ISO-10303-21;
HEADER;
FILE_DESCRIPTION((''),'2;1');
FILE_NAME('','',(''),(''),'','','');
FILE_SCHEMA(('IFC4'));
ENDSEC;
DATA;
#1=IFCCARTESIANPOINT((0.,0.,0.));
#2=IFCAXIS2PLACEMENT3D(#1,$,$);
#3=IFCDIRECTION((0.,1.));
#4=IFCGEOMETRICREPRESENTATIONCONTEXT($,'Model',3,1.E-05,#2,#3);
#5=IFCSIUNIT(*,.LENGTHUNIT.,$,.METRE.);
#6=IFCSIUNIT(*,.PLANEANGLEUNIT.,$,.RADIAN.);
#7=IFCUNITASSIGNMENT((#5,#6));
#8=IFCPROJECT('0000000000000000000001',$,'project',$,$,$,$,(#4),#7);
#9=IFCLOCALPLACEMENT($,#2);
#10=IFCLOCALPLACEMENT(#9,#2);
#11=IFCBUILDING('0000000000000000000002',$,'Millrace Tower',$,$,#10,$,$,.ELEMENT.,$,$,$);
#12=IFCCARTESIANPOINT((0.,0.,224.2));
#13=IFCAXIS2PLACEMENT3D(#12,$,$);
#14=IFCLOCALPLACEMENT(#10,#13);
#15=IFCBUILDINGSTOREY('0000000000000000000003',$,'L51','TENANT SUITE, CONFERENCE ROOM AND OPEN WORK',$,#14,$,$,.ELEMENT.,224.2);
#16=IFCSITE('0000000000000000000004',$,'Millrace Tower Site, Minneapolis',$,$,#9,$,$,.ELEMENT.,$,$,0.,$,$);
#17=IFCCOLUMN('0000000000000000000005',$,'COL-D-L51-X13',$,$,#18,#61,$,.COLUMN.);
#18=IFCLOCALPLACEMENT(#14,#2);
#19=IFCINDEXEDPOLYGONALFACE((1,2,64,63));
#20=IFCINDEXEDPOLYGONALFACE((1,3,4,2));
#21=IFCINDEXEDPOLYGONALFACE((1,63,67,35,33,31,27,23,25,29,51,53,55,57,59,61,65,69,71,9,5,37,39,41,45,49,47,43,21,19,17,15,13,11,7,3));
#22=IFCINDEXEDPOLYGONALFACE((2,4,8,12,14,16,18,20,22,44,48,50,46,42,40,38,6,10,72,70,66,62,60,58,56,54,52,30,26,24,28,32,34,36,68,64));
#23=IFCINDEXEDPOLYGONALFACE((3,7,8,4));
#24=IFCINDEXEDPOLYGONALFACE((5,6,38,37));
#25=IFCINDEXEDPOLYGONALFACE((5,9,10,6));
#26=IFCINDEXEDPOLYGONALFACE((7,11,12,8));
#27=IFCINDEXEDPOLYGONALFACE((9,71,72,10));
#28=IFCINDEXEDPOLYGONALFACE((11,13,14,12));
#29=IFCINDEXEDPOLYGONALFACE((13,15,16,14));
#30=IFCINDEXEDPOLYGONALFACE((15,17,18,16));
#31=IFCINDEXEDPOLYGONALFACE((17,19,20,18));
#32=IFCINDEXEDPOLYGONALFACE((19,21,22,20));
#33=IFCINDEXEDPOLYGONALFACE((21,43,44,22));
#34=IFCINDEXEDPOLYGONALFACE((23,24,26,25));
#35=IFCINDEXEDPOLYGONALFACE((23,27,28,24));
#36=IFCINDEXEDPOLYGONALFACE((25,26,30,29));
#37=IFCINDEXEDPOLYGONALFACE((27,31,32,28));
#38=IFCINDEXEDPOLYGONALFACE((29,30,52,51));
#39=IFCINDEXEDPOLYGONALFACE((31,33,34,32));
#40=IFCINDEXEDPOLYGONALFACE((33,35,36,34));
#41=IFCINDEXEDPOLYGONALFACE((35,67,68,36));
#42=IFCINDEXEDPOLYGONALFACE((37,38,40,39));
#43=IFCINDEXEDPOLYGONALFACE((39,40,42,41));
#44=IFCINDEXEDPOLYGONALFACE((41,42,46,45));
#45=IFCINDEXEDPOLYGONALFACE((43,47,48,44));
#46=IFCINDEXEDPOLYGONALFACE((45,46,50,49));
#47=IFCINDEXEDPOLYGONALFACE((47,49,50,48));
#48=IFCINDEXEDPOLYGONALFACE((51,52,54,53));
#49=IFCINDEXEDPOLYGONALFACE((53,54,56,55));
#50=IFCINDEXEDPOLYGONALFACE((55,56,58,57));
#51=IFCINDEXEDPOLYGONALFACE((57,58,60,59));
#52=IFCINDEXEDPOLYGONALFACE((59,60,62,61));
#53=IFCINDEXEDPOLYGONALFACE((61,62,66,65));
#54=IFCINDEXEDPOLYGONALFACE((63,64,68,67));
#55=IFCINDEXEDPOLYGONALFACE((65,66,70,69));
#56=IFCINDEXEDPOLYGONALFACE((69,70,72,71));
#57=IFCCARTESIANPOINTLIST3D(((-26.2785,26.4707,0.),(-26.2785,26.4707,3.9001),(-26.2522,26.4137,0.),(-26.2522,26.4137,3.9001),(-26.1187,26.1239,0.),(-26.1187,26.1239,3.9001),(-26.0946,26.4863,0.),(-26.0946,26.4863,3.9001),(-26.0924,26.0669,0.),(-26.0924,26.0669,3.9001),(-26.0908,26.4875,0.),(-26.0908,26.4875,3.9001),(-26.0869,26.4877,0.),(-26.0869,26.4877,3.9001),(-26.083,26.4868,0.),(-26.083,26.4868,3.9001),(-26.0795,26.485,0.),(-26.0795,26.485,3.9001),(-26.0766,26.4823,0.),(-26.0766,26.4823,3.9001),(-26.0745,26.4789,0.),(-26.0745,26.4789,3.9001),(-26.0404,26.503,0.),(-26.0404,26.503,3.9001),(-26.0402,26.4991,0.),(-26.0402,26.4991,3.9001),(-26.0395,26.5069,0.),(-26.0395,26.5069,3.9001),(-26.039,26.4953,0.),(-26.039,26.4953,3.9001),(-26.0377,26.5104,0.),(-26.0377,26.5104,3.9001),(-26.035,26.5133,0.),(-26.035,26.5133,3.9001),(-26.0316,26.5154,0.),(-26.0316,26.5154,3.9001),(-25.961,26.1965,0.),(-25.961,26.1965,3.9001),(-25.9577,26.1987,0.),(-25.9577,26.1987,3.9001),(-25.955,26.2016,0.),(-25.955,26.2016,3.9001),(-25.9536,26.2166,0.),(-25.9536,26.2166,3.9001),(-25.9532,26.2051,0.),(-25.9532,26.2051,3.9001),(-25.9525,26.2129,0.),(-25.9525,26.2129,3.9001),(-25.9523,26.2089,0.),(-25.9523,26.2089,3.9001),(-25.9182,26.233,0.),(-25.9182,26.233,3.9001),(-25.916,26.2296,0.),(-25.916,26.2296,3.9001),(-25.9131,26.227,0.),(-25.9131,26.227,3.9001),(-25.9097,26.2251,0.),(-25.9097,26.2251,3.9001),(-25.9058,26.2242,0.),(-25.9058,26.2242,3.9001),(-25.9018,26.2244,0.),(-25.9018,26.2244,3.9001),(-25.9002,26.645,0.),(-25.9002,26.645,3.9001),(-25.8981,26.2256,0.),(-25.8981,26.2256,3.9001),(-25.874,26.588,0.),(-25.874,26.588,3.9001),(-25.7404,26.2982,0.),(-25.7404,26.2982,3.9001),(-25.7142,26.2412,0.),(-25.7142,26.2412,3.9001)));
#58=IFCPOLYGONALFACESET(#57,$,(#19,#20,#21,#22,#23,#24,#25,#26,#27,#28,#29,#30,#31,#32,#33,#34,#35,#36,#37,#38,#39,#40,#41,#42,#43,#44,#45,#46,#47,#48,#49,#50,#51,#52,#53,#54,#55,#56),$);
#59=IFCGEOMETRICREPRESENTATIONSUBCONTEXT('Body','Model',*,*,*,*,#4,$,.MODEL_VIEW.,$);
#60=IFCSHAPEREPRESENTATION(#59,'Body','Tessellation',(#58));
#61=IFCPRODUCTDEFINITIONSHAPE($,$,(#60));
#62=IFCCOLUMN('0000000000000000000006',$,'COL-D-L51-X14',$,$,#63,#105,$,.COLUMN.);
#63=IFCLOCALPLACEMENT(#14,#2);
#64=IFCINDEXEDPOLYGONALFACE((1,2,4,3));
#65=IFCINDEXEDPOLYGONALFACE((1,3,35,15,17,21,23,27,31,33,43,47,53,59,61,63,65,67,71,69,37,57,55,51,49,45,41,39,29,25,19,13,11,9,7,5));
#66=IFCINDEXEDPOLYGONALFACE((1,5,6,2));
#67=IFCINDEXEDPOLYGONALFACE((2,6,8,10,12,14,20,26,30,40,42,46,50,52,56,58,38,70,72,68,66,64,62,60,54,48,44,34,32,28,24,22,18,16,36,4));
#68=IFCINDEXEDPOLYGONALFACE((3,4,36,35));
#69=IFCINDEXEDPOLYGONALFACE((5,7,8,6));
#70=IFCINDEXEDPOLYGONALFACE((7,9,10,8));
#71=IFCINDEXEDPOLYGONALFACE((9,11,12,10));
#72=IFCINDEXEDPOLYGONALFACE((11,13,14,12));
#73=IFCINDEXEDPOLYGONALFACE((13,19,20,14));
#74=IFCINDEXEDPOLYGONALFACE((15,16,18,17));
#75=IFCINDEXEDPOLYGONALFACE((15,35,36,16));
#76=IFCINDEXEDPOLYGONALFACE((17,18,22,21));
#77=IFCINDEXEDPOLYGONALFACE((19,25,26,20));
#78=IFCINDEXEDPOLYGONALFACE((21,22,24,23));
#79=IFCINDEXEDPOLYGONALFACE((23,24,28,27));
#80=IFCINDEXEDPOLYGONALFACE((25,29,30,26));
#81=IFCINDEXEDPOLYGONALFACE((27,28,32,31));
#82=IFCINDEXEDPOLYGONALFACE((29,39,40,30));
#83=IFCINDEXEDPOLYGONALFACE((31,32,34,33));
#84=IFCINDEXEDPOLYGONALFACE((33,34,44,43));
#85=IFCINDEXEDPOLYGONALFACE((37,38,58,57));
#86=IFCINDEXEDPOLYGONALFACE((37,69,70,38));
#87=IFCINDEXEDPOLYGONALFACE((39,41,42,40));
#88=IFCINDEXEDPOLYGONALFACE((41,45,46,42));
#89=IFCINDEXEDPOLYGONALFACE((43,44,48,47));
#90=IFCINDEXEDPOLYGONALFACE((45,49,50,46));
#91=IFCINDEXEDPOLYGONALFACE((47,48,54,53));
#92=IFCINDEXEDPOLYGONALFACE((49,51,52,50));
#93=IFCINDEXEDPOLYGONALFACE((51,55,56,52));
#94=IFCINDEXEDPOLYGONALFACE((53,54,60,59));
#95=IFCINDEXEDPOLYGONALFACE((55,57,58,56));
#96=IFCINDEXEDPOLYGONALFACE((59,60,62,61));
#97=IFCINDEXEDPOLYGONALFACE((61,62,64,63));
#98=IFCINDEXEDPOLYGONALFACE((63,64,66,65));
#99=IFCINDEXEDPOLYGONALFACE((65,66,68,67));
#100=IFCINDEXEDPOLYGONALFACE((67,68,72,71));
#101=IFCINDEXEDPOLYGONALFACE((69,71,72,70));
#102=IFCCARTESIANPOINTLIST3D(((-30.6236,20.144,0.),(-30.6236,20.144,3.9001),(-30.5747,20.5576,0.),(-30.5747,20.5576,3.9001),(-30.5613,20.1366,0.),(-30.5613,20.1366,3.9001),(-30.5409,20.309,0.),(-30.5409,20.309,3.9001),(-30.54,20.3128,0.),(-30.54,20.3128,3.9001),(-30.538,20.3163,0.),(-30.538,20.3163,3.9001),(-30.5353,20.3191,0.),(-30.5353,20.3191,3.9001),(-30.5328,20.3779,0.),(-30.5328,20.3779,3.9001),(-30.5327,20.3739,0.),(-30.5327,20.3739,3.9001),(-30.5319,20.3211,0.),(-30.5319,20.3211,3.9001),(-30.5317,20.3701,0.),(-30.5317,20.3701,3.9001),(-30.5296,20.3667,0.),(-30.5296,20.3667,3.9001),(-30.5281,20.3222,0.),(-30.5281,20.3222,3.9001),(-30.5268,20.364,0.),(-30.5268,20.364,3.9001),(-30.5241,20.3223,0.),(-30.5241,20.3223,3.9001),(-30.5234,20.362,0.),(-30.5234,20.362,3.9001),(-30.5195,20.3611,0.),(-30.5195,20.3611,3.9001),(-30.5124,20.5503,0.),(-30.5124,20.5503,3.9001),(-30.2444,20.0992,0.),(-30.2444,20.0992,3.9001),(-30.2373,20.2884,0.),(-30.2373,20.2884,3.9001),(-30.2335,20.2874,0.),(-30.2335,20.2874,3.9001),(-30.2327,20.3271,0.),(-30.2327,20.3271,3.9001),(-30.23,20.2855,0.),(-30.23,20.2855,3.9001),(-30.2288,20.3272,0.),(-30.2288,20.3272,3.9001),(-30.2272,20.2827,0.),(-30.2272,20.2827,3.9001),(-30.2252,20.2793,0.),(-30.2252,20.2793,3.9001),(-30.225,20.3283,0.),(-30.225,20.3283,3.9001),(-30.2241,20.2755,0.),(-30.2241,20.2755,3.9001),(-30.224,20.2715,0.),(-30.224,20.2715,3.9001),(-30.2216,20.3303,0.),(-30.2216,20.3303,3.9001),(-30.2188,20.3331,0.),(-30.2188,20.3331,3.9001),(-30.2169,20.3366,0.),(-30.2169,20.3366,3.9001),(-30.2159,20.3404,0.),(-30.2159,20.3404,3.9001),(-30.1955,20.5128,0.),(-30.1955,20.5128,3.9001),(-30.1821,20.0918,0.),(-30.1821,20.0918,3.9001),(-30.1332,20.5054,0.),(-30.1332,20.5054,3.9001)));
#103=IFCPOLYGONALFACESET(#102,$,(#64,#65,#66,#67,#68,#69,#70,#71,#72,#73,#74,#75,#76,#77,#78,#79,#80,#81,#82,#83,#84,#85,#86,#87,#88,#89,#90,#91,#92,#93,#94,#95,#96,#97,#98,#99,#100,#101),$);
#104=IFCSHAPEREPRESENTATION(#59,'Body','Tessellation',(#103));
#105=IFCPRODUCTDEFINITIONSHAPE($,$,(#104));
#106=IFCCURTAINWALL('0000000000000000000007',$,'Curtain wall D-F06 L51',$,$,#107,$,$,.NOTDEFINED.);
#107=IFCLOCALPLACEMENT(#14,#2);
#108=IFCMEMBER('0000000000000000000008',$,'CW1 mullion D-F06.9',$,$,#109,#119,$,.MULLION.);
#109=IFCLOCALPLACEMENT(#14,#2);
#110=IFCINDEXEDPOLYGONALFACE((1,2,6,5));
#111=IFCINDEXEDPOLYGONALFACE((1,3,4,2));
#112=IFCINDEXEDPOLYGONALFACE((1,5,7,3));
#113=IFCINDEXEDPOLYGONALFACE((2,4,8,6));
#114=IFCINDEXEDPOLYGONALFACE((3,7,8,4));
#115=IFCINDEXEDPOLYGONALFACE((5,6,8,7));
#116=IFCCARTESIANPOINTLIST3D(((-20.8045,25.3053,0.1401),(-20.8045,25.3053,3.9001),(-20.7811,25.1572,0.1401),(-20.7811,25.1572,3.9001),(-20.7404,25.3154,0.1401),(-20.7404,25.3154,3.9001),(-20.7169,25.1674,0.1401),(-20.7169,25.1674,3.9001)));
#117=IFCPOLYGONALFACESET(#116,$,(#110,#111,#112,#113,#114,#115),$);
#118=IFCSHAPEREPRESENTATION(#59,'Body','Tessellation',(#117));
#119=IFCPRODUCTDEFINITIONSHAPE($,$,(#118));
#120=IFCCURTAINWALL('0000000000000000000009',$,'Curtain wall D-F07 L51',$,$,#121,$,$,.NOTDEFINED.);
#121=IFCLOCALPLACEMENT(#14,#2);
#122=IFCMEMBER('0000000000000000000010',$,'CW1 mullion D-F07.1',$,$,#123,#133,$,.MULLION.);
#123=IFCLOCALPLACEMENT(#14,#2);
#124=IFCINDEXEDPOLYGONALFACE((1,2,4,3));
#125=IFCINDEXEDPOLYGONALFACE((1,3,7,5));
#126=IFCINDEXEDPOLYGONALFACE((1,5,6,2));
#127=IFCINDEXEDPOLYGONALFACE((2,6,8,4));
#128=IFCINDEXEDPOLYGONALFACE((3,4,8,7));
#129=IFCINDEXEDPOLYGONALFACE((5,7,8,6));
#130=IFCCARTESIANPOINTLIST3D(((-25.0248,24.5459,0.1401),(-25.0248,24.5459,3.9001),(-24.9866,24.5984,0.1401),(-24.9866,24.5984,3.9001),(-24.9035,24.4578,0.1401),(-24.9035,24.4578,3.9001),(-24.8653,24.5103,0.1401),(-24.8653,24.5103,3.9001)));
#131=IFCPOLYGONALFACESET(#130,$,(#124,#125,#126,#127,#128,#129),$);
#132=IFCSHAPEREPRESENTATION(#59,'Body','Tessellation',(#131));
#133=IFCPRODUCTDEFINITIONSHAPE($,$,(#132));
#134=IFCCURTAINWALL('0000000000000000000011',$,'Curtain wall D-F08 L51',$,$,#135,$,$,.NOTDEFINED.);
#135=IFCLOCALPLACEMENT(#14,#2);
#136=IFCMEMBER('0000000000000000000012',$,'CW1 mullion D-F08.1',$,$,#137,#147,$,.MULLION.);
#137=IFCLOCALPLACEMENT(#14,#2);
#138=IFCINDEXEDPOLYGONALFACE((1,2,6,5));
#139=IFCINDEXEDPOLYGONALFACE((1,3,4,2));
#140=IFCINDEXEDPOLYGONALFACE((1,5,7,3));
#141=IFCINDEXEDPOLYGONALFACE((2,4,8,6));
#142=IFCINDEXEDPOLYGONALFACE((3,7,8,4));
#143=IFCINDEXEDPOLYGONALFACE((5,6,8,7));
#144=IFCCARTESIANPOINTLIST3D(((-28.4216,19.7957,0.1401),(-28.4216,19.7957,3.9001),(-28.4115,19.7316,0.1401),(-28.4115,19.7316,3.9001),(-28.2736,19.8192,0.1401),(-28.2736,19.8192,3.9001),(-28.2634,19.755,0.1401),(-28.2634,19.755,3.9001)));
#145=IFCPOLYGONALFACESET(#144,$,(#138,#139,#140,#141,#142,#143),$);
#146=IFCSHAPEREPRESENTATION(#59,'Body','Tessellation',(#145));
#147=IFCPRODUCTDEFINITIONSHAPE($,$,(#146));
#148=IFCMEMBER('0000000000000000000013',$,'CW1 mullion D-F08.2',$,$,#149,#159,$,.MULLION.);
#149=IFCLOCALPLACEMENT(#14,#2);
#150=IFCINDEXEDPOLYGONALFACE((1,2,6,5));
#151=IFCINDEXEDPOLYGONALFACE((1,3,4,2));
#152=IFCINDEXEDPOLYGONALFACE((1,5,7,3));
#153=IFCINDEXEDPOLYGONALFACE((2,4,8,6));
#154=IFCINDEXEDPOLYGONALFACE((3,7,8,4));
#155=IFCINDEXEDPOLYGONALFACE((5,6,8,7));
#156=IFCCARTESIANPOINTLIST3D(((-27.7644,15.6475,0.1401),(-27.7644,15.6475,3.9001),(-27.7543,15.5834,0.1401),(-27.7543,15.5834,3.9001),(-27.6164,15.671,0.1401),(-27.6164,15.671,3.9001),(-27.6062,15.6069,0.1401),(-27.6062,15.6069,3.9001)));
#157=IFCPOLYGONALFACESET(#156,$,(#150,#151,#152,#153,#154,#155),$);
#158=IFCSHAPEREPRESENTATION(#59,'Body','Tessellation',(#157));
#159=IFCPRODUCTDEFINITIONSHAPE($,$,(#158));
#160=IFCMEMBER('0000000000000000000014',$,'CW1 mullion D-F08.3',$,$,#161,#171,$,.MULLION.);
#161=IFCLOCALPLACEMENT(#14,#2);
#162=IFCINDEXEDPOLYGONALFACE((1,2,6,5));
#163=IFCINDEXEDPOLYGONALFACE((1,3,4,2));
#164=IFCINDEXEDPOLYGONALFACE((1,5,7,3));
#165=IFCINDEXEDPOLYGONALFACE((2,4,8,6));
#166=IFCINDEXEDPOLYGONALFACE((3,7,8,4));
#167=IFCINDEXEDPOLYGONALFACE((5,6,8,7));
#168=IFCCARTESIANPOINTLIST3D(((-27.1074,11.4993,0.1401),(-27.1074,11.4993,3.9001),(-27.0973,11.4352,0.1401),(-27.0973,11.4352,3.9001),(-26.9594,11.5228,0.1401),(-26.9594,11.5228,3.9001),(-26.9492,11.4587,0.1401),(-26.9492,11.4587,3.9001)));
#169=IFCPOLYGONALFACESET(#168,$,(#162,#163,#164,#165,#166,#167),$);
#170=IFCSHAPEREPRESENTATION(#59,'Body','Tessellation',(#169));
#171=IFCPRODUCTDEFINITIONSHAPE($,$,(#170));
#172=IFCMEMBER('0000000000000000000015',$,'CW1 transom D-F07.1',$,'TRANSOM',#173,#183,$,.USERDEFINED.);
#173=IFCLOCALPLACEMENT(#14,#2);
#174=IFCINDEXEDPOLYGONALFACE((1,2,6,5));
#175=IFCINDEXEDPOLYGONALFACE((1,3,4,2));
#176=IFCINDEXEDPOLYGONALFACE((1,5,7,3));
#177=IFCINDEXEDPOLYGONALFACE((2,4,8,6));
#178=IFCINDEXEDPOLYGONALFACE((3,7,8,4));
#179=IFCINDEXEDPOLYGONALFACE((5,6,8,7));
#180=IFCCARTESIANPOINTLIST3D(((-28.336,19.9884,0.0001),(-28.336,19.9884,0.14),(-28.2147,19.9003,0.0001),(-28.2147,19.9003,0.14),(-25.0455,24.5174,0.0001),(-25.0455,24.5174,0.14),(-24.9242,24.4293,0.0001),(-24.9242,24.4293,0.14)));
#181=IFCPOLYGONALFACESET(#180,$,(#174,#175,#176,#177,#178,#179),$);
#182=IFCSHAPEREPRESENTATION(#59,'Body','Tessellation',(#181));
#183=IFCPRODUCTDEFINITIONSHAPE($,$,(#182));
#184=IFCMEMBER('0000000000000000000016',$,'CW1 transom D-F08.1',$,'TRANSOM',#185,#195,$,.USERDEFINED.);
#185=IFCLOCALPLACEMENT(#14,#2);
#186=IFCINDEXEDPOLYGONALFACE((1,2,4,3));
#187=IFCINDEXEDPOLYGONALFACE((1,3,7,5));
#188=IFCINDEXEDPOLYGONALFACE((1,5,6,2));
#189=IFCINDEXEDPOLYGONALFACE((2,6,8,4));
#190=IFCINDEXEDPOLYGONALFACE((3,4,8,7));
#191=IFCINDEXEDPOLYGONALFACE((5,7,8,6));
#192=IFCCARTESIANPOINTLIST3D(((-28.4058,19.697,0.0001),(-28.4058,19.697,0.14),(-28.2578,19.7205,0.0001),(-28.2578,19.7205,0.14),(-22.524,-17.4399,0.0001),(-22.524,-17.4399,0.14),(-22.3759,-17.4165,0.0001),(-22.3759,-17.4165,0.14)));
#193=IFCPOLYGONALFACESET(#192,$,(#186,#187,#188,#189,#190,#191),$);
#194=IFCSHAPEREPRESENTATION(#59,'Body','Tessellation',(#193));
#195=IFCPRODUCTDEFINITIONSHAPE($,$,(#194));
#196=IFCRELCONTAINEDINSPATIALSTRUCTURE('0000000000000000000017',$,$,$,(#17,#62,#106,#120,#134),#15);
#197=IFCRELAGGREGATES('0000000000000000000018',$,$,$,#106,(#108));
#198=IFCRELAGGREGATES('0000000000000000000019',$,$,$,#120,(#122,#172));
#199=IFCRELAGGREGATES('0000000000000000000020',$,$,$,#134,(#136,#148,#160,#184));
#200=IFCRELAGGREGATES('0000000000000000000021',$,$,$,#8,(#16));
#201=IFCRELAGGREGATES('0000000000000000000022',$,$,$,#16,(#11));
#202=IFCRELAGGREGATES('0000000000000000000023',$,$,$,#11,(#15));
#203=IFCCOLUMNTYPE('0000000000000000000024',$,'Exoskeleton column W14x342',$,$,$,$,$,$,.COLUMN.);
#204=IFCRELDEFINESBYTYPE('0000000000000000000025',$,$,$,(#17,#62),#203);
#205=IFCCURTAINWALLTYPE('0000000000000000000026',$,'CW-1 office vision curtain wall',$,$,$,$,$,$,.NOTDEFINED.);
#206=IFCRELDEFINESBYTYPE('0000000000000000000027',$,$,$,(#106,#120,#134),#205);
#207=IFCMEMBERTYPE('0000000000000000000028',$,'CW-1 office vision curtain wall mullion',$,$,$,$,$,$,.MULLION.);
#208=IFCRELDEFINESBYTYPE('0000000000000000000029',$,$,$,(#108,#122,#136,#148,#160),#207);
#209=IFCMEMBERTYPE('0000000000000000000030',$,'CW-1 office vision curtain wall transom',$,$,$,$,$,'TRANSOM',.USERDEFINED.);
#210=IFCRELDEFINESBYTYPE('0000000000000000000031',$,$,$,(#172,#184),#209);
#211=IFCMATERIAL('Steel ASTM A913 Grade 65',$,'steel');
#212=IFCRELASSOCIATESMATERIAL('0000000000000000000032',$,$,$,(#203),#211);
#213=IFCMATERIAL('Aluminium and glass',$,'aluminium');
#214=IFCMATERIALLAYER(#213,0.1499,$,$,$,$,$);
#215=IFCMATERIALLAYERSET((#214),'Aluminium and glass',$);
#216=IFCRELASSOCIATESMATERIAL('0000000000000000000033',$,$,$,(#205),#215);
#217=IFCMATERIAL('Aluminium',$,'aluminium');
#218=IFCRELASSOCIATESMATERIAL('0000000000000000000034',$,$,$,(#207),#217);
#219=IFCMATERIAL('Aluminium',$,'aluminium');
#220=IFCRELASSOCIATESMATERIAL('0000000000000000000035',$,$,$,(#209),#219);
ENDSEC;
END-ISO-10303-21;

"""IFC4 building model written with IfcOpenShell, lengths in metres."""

from ifc_helpers import new_model, si_unit, direction, frame, origin, origin_2d, place, context, subcontext, project, spatial, rectangle, i_section, extrude, material, layer, layer_set, material_profile, profile_set, type_object, element, aggregate, save


model = new_model("IFC4")

# Units and contexts
model_context = context("Model", 3, precision=1e-05, world=origin(), true_north=direction((0.0, 1.0)))
body_context = subcontext(model_context, "Body", "Model", "MODEL_VIEW")
ifc_project = project(units=[si_unit("LENGTHUNIT", "METRE"), si_unit("PLANEANGLEUNIT", "RADIAN")], contexts=[model_context])

# Site, building, storey
site_placement = place(None, origin())
site = spatial("IfcSite", under=ifc_project, at=site_placement, Name="Millrace Tower Site, Minneapolis", CompositionType="ELEMENT", RefElevation=0.0)
building_placement = place(site_placement, origin())
building = spatial("IfcBuilding", under=site, at=building_placement, Name="Millrace Tower", CompositionType="ELEMENT")
storey_placement = place(building_placement, frame((0.0, 0.0, 224.2)))
storey = spatial("IfcBuildingStorey", under=building, at=storey_placement, Name="L51", Description="TENANT SUITE, CONFERENCE ROOM AND OPEN WORK", CompositionType="ELEMENT", Elevation=224.2)

# Columns
ifc_material_1 = material(Name="Steel ASTM A913 Grade 65", Category="steel")
ifc_material_profile_1 = material_profile(ifc_material_1, i_section(OverallWidth=0.4165, OverallDepth=0.4446, WebThickness=0.0391, FlangeThickness=0.0627, FilletRadius=0.0151, at=origin_2d()))
ifc_profile_set_1 = profile_set([ifc_material_profile_1], Name="Steel ASTM A913 Grade 65")
column_type = type_object("IfcColumnType", Name="Exoskeleton column W14x342", PredefinedType="COLUMN", material=ifc_profile_set_1)
for number, where, z_axis, x_axis, name in (
    (1, (-25.9963, 26.356, 0.0), (0.0, 0.0, 1.0), (-0.908192, -0.418553, 0.0), "COL-D-L51-X13"),
    (2, (-30.3784, 20.3247, 0.0), (0.0, 0.0, 1.0), (-0.117421, -0.993082, 0.0), "COL-D-L51-X14"),
):
    element("IfcColumn", number, at=place(storey_placement, frame(where, z_axis=z_axis, x_axis=x_axis)), inside=storey, type_object=column_type, Name=name, PredefinedType="COLUMN", context=body_context, shape_type="SweptSolid", body=[
        extrude(i_section(OverallWidth=0.4165, OverallDepth=0.4446, WebThickness=0.0391, FlangeThickness=0.0627, FilletRadius=0.0151, at=origin_2d()), origin(), (0.0, 0.0, 1.0), 3.9001),
    ])

# Curtain walls, members
ifc_material_2 = material(Name="Aluminium and glass", Category="aluminium")
ifc_layer_1 = layer(ifc_material_2, 0.1499)
ifc_layer_set_1 = layer_set([ifc_layer_1], Name="Aluminium and glass")
curtain_wall_type = type_object("IfcCurtainWallType", Name="CW-1 office vision curtain wall", PredefinedType="NOTDEFINED", material=ifc_layer_set_1)
placement = place(storey_placement, origin())
curtain_wall_1 = element("IfcCurtainWall", 3, at=placement, inside=storey, type_object=curtain_wall_type, Name="Curtain wall D-F06 L51", PredefinedType="NOTDEFINED")
ifc_material_3 = material(Name="Aluminium", Category="aluminium")
ifc_material_profile_2 = material_profile(ifc_material_3, rectangle(XDim=0.0649, YDim=0.1499, at=origin_2d()))
ifc_profile_set_2 = profile_set([ifc_material_profile_2], Name="Aluminium")
member_type_1 = type_object("IfcMemberType", Name="CW-1 office vision curtain wall mullion", PredefinedType="MULLION", material=ifc_profile_set_2)
member_1_placement = place(storey_placement, frame((-20.7607, 25.2363, 0.1401), z_axis=(0.0, 0.0, 1.0), x_axis=(-0.987688, -0.156434, 0.0)))
member_1 = element("IfcMember", 4, at=member_1_placement, type_object=member_type_1, Name="CW1 mullion D-F06.9", PredefinedType="MULLION", context=body_context, shape_type="SweptSolid", body=[
    extrude(rectangle(XDim=0.0649, YDim=0.1499, at=origin_2d()), origin(), (0.0, 0.0, 1.0), 3.76),
])
aggregate(curtain_wall_1, [member_1])
curtain_wall_2 = element("IfcCurtainWall", 5, at=placement, inside=storey, type_object=curtain_wall_type, Name="Curtain wall D-F07 L51", PredefinedType="NOTDEFINED")
member_2_placement = place(storey_placement, frame((-24.9451, 24.5281, 0.1401), z_axis=(0.0, 0.0, 1.0), x_axis=(-0.587785, -0.809017, 0.0)))
member_2 = element("IfcMember", 6, at=member_2_placement, type_object=member_type_1, Name="CW1 mullion D-F07.1", PredefinedType="MULLION", context=body_context, shape_type="SweptSolid", body=[
    extrude(rectangle(XDim=0.0649, YDim=0.1499, at=origin_2d()), origin(), (0.0, 0.0, 1.0), 3.76),
])

# Curtain wall, members
curtain_wall_3 = element("IfcCurtainWall", 7, at=placement, inside=storey, type_object=curtain_wall_type, Name="Curtain wall D-F08 L51", PredefinedType="NOTDEFINED")
member_3_placement = place(storey_placement, frame((-28.3425, 19.7754, 0.1401), z_axis=(0.0, 0.0, 1.0), x_axis=(0.156434, -0.987688, 0.0)))
member_3 = element("IfcMember", 8, at=member_3_placement, type_object=member_type_1, Name="CW1 mullion D-F08.1", PredefinedType="MULLION", context=body_context, shape_type="SweptSolid", body=[
    extrude(rectangle(XDim=0.0649, YDim=0.1499, at=origin_2d()), origin(), (0.0, 0.0, 1.0), 3.76),
])
member_4_placement = place(storey_placement, frame((-27.6853, 15.6272, 0.1401), z_axis=(0.0, 0.0, 1.0), x_axis=(0.156434, -0.987688, 0.0)))
member_4 = element("IfcMember", 9, at=member_4_placement, type_object=member_type_1, Name="CW1 mullion D-F08.2", PredefinedType="MULLION", context=body_context, shape_type="SweptSolid", body=[
    extrude(rectangle(XDim=0.0649, YDim=0.1499, at=origin_2d()), origin(), (0.0, 0.0, 1.0), 3.76),
])
member_5_placement = place(storey_placement, frame((-27.0283, 11.479, 0.1401), z_axis=(0.0, 0.0, 1.0), x_axis=(0.156434, -0.987688, 0.0)))
member_5 = element("IfcMember", 10, at=member_5_placement, type_object=member_type_1, Name="CW1 mullion D-F08.3", PredefinedType="MULLION", context=body_context, shape_type="SweptSolid", body=[
    extrude(rectangle(XDim=0.0649, YDim=0.1499, at=origin_2d()), origin(), (0.0, 0.0, 1.0), 3.76),
])

# Members
ifc_material_4 = material(Name="Aluminium", Category="aluminium")
ifc_material_profile_3 = material_profile(ifc_material_4, rectangle(XDim=0.1499, YDim=0.1399, at=origin_2d()))
ifc_profile_set_3 = profile_set([ifc_material_profile_3], Name="Aluminium")
member_type_2 = type_object("IfcMemberType", Name="CW-1 office vision curtain wall transom", ElementType="TRANSOM", PredefinedType="USERDEFINED", material=ifc_profile_set_3)
member_6_placement = place(storey_placement, frame((-24.9849, 24.4734, 0.0701), z_axis=(-0.587783, -0.809019, 0.0), x_axis=(0.809019, -0.587783, 0.0)))
member_6 = element("IfcMember", 11, at=member_6_placement, type_object=member_type_2, Name="CW1 transom D-F07.1", ObjectType="TRANSOM", PredefinedType="USERDEFINED", context=body_context, shape_type="SweptSolid", body=[
    extrude(rectangle(XDim=0.1499, YDim=0.1399, at=origin_2d()), origin(), (0.0, 0.0, 1.0), 5.5981),
])
aggregate(curtain_wall_2, [member_2, member_6])
member_7_placement = place(storey_placement, frame((-28.3318, 19.7087, 0.0701), z_axis=(0.156432, -0.987689, 0.0), x_axis=(0.987689, 0.156432, 0.0)))
member_7 = element("IfcMember", 12, at=member_7_placement, type_object=member_type_2, Name="CW1 transom D-F08.1", ObjectType="TRANSOM", PredefinedType="USERDEFINED", context=body_context, shape_type="SweptSolid", body=[
    extrude(rectangle(XDim=0.1499, YDim=0.1399, at=origin_2d()), origin(), (0.0, 0.0, 1.0), 37.5999),
])
aggregate(curtain_wall_3, [member_3, member_4, member_5, member_7])

save(model, "model.ifc")
